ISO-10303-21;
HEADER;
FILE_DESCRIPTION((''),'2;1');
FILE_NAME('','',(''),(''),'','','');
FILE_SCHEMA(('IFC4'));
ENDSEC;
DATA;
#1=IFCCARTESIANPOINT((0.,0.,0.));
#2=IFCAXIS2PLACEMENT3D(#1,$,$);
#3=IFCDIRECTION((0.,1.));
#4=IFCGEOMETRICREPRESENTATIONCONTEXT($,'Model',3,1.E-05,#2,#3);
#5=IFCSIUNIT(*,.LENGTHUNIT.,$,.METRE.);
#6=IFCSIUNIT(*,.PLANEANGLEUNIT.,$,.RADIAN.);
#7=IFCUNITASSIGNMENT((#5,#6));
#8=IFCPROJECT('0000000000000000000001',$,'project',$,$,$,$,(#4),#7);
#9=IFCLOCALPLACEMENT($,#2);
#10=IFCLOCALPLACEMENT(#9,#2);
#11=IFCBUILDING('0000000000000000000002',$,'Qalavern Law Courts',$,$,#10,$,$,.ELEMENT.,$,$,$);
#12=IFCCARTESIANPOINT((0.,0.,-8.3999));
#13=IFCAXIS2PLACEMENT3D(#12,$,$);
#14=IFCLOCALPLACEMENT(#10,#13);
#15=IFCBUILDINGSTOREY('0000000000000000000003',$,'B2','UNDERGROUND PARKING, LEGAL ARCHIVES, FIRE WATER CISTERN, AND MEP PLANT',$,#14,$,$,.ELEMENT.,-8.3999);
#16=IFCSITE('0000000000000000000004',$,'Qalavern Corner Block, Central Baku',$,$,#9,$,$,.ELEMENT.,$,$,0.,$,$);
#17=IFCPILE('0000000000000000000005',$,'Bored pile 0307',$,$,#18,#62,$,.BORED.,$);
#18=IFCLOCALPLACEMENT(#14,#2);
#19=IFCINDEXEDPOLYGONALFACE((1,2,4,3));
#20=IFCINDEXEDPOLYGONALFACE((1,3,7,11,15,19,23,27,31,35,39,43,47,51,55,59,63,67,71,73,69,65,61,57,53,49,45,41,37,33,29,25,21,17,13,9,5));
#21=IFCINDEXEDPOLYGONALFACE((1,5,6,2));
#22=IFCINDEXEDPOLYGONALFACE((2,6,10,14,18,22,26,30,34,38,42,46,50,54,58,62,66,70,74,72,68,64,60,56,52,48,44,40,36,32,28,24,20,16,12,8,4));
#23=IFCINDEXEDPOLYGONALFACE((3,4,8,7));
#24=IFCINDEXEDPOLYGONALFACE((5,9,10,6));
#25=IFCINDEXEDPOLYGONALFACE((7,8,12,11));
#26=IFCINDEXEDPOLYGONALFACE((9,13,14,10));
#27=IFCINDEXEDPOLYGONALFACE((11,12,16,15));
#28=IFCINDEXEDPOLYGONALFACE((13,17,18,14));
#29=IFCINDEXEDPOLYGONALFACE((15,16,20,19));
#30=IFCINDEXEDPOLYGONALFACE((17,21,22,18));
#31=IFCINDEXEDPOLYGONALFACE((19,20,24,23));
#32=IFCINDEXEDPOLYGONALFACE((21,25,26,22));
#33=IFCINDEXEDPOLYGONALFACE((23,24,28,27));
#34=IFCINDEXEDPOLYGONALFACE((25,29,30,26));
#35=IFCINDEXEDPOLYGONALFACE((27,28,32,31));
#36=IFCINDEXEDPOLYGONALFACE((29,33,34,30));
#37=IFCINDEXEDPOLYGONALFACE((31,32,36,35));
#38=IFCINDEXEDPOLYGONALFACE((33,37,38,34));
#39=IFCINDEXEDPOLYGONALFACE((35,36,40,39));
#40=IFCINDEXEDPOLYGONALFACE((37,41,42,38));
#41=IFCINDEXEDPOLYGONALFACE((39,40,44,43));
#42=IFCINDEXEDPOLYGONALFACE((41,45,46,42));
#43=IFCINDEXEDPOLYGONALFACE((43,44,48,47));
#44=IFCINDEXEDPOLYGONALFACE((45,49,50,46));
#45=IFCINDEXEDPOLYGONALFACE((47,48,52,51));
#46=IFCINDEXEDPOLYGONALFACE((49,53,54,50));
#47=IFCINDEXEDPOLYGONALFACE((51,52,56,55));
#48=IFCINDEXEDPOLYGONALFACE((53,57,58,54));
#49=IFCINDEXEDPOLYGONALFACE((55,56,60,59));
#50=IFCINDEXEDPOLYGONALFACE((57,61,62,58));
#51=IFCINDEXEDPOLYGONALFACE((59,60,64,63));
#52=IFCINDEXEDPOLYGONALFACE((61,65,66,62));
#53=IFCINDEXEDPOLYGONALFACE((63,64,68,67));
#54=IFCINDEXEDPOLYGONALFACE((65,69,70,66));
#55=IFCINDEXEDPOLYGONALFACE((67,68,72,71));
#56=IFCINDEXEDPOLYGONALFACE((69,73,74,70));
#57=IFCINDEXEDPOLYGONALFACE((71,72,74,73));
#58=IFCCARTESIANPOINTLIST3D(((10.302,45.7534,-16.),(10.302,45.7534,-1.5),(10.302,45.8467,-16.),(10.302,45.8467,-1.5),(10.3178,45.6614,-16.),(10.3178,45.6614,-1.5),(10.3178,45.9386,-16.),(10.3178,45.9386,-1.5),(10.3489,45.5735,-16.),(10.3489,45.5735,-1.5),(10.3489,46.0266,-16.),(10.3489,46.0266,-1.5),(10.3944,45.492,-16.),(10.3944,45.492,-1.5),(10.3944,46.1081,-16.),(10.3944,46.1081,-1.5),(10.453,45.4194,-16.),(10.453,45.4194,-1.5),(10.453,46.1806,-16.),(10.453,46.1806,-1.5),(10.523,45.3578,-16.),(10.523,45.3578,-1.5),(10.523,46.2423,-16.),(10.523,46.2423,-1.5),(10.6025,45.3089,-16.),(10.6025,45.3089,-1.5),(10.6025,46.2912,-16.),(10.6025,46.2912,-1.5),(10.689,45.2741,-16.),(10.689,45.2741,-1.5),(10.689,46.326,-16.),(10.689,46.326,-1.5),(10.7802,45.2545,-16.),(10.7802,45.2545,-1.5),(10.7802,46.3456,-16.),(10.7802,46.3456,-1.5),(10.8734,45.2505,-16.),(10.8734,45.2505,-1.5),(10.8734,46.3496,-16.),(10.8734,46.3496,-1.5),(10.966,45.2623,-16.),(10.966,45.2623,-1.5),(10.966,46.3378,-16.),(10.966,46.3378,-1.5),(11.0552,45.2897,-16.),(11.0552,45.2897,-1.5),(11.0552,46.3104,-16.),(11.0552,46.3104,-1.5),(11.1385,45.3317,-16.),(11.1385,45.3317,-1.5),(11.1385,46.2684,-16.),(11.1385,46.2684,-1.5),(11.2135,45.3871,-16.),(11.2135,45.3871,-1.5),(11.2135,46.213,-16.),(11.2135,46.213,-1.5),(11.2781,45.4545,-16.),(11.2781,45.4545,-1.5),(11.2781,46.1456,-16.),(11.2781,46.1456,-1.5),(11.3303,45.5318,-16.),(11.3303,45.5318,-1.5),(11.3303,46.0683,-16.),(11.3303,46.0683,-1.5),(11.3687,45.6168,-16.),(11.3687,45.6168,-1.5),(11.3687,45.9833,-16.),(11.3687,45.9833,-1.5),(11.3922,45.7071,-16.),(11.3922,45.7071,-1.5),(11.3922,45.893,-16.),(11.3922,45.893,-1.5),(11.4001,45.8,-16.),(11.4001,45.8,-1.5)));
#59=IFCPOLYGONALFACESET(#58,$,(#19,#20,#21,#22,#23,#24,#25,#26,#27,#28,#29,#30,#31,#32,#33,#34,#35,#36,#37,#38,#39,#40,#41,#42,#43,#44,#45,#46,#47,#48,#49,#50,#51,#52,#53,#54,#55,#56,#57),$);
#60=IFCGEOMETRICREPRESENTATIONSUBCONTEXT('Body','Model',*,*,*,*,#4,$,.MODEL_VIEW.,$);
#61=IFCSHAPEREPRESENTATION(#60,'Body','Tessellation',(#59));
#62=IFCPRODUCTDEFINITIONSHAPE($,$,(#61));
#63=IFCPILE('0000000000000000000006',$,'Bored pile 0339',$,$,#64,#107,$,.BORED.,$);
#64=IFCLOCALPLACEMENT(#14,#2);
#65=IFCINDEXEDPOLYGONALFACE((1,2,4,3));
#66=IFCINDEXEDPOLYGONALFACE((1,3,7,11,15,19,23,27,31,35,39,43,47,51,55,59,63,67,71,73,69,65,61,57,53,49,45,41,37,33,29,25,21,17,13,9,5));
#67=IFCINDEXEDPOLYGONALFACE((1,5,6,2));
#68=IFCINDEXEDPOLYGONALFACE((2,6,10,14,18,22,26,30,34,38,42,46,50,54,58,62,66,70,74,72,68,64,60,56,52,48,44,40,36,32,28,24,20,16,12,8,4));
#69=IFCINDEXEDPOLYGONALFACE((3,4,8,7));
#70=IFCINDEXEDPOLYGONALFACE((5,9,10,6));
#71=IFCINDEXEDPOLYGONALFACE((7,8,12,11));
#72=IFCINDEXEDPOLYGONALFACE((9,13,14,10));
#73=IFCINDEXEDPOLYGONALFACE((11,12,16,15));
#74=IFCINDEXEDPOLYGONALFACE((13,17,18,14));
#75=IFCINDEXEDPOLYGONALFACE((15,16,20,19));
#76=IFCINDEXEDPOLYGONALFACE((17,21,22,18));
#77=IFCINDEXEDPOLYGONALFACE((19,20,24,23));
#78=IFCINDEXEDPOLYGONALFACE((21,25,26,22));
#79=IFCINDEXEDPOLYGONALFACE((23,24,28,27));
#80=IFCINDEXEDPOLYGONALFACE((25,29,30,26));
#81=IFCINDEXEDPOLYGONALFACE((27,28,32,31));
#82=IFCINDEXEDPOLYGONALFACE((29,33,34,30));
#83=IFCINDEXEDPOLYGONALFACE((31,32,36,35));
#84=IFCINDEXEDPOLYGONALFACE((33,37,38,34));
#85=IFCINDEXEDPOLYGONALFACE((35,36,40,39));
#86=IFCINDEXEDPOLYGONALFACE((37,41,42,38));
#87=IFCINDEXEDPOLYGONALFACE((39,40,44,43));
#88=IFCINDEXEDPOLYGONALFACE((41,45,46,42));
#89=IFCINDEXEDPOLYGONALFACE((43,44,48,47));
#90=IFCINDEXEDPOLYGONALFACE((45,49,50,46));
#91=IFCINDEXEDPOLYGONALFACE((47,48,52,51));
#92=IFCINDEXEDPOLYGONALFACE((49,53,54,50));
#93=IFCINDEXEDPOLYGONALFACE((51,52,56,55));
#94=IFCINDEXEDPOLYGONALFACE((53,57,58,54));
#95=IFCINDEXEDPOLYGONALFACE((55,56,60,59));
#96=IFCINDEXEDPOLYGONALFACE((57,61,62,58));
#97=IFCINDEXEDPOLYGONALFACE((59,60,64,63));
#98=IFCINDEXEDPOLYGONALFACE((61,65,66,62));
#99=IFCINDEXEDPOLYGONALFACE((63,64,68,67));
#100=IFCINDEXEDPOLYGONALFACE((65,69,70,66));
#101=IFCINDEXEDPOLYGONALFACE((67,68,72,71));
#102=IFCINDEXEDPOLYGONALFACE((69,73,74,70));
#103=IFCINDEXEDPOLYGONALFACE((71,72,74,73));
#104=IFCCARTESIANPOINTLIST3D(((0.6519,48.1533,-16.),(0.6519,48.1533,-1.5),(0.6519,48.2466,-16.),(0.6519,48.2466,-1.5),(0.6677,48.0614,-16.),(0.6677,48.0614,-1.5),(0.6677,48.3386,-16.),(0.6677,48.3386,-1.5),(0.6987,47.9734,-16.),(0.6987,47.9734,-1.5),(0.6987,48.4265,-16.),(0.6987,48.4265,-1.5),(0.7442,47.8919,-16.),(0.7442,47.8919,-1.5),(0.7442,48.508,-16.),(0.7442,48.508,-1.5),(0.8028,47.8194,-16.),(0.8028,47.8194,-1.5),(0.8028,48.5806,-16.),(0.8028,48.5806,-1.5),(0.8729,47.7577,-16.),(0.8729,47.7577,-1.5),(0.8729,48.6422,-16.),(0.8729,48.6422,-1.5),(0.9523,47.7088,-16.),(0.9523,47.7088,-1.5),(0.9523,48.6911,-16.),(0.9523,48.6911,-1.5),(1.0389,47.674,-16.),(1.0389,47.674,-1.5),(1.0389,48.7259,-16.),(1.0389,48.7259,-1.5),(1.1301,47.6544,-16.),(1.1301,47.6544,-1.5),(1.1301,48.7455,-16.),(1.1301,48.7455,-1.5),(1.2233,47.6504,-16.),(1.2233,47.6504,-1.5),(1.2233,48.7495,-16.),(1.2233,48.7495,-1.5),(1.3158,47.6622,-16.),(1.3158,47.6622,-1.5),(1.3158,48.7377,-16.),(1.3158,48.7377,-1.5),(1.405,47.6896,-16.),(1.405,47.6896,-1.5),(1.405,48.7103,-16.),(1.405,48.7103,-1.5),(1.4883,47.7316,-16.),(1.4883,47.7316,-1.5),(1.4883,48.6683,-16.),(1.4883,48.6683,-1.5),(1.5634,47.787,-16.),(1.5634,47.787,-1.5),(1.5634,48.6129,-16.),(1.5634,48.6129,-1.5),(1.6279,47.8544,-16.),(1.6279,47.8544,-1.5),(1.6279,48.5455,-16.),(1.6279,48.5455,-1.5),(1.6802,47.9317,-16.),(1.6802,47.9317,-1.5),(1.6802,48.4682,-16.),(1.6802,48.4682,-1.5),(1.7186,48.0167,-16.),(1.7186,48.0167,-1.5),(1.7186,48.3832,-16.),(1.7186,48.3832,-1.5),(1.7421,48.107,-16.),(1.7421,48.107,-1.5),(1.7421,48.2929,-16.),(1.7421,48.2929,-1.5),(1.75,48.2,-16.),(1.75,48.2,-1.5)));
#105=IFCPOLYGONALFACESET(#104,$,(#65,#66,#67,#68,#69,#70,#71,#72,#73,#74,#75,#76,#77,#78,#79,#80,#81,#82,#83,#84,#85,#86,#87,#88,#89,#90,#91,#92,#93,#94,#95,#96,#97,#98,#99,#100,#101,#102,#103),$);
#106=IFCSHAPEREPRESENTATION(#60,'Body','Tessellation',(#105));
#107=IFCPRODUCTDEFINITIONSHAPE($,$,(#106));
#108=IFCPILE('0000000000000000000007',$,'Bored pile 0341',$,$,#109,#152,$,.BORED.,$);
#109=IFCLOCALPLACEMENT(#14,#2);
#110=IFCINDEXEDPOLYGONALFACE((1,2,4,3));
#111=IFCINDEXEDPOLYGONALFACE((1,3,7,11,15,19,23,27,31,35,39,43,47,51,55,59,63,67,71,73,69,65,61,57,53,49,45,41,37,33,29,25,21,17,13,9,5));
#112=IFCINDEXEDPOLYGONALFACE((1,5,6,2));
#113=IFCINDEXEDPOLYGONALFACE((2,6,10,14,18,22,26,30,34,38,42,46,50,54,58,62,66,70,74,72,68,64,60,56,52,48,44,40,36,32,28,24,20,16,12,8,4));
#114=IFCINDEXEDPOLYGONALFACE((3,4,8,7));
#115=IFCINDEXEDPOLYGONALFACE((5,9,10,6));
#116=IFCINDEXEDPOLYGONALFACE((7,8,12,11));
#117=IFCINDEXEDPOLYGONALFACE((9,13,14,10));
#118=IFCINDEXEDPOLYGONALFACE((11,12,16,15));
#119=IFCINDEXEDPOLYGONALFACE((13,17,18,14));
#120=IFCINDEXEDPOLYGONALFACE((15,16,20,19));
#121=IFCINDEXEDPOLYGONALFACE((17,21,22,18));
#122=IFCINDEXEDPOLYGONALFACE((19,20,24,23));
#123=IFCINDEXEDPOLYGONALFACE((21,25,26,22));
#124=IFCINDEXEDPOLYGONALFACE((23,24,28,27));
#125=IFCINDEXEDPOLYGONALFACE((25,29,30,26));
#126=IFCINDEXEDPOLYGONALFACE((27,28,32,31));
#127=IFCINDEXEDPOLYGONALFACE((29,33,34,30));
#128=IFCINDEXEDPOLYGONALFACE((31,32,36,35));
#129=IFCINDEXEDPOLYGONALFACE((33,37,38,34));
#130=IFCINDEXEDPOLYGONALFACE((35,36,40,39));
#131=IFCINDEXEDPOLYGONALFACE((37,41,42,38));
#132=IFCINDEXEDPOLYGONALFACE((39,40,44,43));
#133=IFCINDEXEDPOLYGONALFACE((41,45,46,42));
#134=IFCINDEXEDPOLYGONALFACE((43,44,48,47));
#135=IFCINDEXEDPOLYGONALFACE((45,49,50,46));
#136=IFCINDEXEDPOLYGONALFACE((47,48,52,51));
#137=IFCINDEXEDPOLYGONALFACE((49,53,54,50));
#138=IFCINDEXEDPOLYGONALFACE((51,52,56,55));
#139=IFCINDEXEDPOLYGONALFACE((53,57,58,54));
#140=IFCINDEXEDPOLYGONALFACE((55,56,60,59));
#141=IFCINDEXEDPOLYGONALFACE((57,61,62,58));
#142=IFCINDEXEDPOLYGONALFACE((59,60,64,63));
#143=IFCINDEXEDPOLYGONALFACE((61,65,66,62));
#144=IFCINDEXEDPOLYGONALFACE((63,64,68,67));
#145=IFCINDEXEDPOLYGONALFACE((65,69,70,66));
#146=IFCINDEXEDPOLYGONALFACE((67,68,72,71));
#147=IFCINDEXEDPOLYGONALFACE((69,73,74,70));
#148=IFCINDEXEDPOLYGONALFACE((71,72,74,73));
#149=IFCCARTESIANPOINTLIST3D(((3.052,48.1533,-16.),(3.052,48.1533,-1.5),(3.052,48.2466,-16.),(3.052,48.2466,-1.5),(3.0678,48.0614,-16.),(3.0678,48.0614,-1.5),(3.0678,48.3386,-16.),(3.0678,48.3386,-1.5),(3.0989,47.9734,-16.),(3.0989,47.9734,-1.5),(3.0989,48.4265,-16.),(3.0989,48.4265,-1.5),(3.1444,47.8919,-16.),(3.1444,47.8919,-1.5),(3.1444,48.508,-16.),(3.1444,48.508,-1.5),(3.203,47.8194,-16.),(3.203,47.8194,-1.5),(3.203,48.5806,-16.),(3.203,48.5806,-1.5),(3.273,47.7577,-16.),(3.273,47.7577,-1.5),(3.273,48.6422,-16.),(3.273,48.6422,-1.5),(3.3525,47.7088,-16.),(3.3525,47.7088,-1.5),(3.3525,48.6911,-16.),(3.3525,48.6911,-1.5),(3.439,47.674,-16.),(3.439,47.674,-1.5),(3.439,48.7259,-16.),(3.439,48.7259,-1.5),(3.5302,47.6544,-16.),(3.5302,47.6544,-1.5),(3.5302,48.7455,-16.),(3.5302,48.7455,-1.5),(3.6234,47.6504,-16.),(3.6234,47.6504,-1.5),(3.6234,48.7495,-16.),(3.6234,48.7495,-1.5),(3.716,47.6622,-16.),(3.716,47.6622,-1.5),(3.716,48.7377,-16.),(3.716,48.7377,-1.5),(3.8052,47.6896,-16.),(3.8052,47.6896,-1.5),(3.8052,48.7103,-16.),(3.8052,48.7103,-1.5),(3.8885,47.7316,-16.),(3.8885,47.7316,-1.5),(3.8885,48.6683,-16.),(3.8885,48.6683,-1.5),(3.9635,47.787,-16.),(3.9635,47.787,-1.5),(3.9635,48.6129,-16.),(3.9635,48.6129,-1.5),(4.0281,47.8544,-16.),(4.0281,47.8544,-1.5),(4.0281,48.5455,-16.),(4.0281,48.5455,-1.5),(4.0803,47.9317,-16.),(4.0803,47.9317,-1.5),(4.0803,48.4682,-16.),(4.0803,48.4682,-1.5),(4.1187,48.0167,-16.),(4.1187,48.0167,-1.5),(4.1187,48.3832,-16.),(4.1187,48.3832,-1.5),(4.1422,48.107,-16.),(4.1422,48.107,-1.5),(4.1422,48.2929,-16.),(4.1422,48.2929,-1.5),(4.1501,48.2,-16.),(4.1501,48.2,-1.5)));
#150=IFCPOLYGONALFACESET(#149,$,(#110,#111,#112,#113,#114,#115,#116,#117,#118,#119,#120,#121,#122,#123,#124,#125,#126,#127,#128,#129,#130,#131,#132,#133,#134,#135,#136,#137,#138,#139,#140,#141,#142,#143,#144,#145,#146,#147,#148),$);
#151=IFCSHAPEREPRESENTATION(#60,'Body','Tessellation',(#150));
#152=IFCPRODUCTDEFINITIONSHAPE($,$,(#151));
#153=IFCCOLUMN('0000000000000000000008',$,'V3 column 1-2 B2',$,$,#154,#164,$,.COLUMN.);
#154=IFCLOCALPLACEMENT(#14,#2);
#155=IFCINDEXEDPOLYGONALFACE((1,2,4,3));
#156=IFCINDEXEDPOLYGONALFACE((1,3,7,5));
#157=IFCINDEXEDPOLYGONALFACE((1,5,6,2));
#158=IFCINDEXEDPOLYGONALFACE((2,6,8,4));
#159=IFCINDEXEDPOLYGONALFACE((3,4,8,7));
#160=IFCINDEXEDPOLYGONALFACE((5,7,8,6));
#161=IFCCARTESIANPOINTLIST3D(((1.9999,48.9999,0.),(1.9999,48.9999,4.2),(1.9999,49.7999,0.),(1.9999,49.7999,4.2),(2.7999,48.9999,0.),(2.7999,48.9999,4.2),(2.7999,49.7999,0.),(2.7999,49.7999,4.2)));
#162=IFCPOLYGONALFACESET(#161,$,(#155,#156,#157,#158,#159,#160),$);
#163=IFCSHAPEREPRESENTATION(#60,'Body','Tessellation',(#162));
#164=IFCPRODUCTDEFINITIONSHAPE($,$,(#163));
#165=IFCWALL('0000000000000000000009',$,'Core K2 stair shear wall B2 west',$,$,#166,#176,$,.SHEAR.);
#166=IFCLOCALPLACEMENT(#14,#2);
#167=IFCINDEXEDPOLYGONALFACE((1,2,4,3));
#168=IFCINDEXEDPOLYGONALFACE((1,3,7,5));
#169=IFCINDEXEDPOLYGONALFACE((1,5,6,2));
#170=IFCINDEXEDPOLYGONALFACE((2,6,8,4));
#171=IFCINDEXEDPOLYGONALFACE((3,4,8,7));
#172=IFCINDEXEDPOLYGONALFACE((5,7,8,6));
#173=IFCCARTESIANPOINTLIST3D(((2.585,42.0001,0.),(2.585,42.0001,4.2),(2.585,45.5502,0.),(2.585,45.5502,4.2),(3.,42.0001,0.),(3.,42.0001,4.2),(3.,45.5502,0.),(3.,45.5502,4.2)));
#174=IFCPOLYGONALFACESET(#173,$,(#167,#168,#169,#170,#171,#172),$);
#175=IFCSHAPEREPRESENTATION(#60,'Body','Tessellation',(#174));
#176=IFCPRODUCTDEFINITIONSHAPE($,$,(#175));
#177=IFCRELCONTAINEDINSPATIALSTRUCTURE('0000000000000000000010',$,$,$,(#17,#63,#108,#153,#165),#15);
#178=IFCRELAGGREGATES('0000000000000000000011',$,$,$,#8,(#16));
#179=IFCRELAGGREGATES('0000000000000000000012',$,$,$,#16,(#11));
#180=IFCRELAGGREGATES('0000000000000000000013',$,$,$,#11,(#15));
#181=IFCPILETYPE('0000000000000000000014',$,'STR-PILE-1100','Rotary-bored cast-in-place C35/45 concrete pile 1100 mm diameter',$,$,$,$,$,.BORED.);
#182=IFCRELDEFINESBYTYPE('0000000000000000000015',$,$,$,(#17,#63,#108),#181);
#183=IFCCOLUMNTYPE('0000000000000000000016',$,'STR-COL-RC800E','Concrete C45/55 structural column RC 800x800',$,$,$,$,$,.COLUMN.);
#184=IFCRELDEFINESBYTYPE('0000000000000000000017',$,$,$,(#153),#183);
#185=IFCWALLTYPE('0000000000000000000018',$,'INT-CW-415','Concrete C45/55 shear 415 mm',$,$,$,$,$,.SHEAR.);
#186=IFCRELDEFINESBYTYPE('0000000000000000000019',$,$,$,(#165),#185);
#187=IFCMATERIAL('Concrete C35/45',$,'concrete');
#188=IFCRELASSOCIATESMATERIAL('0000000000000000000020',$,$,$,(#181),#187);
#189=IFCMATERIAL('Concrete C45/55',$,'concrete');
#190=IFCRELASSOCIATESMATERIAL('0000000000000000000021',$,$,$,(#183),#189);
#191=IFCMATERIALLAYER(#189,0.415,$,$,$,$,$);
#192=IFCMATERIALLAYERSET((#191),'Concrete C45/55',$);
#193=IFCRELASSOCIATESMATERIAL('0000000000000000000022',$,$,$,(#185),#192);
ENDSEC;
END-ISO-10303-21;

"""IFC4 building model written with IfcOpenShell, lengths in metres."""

from ifc_helpers import new_model, si_unit, direction, frame, frame_2d, origin, origin_2d, place, context, subcontext, project, spatial, rectangle, circle, extrude, material, layer, layer_set, material_profile, profile_set, type_object, element, save


model = new_model("IFC4")

# Units and contexts
model_context = context("Model", 3, precision=1e-05, world=origin(), true_north=direction((0.0, 1.0)))
body_context = subcontext(model_context, "Body", "Model", "MODEL_VIEW")
ifc_project = project(units=[si_unit("LENGTHUNIT", "METRE"), si_unit("PLANEANGLEUNIT", "RADIAN")], contexts=[model_context])

# Site, building, storey
site_placement = place(None, origin())
site = spatial("IfcSite", under=ifc_project, at=site_placement, Name="Qalavern Corner Block, Central Baku", CompositionType="ELEMENT", RefElevation=0.0)
building_placement = place(site_placement, origin())
building = spatial("IfcBuilding", under=site, at=building_placement, Name="Qalavern Law Courts", CompositionType="ELEMENT")
storey_placement = place(building_placement, frame((0.0, 0.0, -8.3999)))
storey = spatial("IfcBuildingStorey", under=building, at=storey_placement, Name="B2", Description="UNDERGROUND PARKING, LEGAL ARCHIVES, FIRE WATER CISTERN, AND MEP PLANT", CompositionType="ELEMENT", Elevation=-8.3999)

# Shared definitions
ifc_material_1 = material(Name="Concrete C35/45", Category="concrete")

# Piles
ifc_material_profile_1 = material_profile(ifc_material_1, circle(Radius=0.55, at=origin_2d()), Name="BORED PILE 1100")
ifc_profile_set_1 = profile_set([ifc_material_profile_1], Name="Concrete C35/45")
pile_type = type_object("IfcPileType", Name="STR-PILE-1100", Description="Rotary-bored cast-in-place C35/45 concrete pile 1100 mm diameter", PredefinedType="BORED", material=ifc_profile_set_1)
for number, where, z_axis, x_axis, name in (
    (1, (10.8501, 45.8, -1.5), (0.0, 0.0, -1.0), (1.0, 0.0, 0.0), "Bored pile 0307"),
    (2, (1.2, 48.2, -1.5), (0.0, 0.0, -1.0), (1.0, 0.0, 0.0), "Bored pile 0339"),
    (3, (3.6001, 48.2, -1.5), (0.0, 0.0, -1.0), (1.0, 0.0, 0.0), "Bored pile 0341"),
):
    element("IfcPile", number, at=place(storey_placement, frame(where, z_axis=z_axis, x_axis=x_axis)), inside=storey, type_object=pile_type, Name=name, PredefinedType="BORED", context=body_context, shape_type="SweptSolid", body=[
        extrude(circle(Radius=0.55, at=origin_2d()), origin(), (0.0, 0.0, 1.0), 14.5),
    ])

# Column
ifc_material_2 = material(Name="Concrete C45/55", Category="concrete")
ifc_material_profile_2 = material_profile(ifc_material_2, rectangle(XDim=0.8, YDim=0.8, at=origin_2d()), Name="RC 800x800")
ifc_profile_set_2 = profile_set([ifc_material_profile_2], Name="Concrete C45/55")
column_type = type_object("IfcColumnType", Name="STR-COL-RC800E", Description="Concrete C45/55 structural column RC 800x800", PredefinedType="COLUMN", material=ifc_profile_set_2)
column_placement = place(storey_placement, frame((2.3999, 49.3999, 0.0), z_axis=(0.0, 0.0, 1.0), x_axis=(1.0, 0.0, 0.0)))
element("IfcColumn", 4, at=column_placement, inside=storey, type_object=column_type, Name="V3 column 1-2 B2", PredefinedType="COLUMN", context=body_context, shape_type="SweptSolid", body=[
    extrude(rectangle(XDim=0.8, YDim=0.8, at=origin_2d()), origin(), (0.0, 0.0, 1.0), 4.2),
])

# Shared definitions
ifc_layer_1 = layer(ifc_material_2, 0.415)
ifc_layer_set_1 = layer_set([ifc_layer_1], Name="Concrete C45/55")
wall_type_1 = type_object("IfcWallType", Name="INT-CW-415", Description="Concrete C45/55 shear 415 mm", PredefinedType="SHEAR", material=ifc_layer_set_1)

# Wall
wall_1_placement = place(storey_placement, frame((2.7925, 45.55, 0.0), z_axis=(0.0, 0.0, 1.0), x_axis=(0.0, -1.0, 0.0)))
element("IfcWall", 5, at=wall_1_placement, inside=storey, type_object=wall_type_1, Name="Core K2 stair shear wall B2 west", PredefinedType="SHEAR", context=body_context, shape_type="SweptSolid", body=[
    extrude(rectangle(XDim=3.55, YDim=0.415, at=frame_2d((1.7749, 0.0))), origin(), (0.0, 0.0, 1.0), 4.2),
])

save(model, "model.ifc")
